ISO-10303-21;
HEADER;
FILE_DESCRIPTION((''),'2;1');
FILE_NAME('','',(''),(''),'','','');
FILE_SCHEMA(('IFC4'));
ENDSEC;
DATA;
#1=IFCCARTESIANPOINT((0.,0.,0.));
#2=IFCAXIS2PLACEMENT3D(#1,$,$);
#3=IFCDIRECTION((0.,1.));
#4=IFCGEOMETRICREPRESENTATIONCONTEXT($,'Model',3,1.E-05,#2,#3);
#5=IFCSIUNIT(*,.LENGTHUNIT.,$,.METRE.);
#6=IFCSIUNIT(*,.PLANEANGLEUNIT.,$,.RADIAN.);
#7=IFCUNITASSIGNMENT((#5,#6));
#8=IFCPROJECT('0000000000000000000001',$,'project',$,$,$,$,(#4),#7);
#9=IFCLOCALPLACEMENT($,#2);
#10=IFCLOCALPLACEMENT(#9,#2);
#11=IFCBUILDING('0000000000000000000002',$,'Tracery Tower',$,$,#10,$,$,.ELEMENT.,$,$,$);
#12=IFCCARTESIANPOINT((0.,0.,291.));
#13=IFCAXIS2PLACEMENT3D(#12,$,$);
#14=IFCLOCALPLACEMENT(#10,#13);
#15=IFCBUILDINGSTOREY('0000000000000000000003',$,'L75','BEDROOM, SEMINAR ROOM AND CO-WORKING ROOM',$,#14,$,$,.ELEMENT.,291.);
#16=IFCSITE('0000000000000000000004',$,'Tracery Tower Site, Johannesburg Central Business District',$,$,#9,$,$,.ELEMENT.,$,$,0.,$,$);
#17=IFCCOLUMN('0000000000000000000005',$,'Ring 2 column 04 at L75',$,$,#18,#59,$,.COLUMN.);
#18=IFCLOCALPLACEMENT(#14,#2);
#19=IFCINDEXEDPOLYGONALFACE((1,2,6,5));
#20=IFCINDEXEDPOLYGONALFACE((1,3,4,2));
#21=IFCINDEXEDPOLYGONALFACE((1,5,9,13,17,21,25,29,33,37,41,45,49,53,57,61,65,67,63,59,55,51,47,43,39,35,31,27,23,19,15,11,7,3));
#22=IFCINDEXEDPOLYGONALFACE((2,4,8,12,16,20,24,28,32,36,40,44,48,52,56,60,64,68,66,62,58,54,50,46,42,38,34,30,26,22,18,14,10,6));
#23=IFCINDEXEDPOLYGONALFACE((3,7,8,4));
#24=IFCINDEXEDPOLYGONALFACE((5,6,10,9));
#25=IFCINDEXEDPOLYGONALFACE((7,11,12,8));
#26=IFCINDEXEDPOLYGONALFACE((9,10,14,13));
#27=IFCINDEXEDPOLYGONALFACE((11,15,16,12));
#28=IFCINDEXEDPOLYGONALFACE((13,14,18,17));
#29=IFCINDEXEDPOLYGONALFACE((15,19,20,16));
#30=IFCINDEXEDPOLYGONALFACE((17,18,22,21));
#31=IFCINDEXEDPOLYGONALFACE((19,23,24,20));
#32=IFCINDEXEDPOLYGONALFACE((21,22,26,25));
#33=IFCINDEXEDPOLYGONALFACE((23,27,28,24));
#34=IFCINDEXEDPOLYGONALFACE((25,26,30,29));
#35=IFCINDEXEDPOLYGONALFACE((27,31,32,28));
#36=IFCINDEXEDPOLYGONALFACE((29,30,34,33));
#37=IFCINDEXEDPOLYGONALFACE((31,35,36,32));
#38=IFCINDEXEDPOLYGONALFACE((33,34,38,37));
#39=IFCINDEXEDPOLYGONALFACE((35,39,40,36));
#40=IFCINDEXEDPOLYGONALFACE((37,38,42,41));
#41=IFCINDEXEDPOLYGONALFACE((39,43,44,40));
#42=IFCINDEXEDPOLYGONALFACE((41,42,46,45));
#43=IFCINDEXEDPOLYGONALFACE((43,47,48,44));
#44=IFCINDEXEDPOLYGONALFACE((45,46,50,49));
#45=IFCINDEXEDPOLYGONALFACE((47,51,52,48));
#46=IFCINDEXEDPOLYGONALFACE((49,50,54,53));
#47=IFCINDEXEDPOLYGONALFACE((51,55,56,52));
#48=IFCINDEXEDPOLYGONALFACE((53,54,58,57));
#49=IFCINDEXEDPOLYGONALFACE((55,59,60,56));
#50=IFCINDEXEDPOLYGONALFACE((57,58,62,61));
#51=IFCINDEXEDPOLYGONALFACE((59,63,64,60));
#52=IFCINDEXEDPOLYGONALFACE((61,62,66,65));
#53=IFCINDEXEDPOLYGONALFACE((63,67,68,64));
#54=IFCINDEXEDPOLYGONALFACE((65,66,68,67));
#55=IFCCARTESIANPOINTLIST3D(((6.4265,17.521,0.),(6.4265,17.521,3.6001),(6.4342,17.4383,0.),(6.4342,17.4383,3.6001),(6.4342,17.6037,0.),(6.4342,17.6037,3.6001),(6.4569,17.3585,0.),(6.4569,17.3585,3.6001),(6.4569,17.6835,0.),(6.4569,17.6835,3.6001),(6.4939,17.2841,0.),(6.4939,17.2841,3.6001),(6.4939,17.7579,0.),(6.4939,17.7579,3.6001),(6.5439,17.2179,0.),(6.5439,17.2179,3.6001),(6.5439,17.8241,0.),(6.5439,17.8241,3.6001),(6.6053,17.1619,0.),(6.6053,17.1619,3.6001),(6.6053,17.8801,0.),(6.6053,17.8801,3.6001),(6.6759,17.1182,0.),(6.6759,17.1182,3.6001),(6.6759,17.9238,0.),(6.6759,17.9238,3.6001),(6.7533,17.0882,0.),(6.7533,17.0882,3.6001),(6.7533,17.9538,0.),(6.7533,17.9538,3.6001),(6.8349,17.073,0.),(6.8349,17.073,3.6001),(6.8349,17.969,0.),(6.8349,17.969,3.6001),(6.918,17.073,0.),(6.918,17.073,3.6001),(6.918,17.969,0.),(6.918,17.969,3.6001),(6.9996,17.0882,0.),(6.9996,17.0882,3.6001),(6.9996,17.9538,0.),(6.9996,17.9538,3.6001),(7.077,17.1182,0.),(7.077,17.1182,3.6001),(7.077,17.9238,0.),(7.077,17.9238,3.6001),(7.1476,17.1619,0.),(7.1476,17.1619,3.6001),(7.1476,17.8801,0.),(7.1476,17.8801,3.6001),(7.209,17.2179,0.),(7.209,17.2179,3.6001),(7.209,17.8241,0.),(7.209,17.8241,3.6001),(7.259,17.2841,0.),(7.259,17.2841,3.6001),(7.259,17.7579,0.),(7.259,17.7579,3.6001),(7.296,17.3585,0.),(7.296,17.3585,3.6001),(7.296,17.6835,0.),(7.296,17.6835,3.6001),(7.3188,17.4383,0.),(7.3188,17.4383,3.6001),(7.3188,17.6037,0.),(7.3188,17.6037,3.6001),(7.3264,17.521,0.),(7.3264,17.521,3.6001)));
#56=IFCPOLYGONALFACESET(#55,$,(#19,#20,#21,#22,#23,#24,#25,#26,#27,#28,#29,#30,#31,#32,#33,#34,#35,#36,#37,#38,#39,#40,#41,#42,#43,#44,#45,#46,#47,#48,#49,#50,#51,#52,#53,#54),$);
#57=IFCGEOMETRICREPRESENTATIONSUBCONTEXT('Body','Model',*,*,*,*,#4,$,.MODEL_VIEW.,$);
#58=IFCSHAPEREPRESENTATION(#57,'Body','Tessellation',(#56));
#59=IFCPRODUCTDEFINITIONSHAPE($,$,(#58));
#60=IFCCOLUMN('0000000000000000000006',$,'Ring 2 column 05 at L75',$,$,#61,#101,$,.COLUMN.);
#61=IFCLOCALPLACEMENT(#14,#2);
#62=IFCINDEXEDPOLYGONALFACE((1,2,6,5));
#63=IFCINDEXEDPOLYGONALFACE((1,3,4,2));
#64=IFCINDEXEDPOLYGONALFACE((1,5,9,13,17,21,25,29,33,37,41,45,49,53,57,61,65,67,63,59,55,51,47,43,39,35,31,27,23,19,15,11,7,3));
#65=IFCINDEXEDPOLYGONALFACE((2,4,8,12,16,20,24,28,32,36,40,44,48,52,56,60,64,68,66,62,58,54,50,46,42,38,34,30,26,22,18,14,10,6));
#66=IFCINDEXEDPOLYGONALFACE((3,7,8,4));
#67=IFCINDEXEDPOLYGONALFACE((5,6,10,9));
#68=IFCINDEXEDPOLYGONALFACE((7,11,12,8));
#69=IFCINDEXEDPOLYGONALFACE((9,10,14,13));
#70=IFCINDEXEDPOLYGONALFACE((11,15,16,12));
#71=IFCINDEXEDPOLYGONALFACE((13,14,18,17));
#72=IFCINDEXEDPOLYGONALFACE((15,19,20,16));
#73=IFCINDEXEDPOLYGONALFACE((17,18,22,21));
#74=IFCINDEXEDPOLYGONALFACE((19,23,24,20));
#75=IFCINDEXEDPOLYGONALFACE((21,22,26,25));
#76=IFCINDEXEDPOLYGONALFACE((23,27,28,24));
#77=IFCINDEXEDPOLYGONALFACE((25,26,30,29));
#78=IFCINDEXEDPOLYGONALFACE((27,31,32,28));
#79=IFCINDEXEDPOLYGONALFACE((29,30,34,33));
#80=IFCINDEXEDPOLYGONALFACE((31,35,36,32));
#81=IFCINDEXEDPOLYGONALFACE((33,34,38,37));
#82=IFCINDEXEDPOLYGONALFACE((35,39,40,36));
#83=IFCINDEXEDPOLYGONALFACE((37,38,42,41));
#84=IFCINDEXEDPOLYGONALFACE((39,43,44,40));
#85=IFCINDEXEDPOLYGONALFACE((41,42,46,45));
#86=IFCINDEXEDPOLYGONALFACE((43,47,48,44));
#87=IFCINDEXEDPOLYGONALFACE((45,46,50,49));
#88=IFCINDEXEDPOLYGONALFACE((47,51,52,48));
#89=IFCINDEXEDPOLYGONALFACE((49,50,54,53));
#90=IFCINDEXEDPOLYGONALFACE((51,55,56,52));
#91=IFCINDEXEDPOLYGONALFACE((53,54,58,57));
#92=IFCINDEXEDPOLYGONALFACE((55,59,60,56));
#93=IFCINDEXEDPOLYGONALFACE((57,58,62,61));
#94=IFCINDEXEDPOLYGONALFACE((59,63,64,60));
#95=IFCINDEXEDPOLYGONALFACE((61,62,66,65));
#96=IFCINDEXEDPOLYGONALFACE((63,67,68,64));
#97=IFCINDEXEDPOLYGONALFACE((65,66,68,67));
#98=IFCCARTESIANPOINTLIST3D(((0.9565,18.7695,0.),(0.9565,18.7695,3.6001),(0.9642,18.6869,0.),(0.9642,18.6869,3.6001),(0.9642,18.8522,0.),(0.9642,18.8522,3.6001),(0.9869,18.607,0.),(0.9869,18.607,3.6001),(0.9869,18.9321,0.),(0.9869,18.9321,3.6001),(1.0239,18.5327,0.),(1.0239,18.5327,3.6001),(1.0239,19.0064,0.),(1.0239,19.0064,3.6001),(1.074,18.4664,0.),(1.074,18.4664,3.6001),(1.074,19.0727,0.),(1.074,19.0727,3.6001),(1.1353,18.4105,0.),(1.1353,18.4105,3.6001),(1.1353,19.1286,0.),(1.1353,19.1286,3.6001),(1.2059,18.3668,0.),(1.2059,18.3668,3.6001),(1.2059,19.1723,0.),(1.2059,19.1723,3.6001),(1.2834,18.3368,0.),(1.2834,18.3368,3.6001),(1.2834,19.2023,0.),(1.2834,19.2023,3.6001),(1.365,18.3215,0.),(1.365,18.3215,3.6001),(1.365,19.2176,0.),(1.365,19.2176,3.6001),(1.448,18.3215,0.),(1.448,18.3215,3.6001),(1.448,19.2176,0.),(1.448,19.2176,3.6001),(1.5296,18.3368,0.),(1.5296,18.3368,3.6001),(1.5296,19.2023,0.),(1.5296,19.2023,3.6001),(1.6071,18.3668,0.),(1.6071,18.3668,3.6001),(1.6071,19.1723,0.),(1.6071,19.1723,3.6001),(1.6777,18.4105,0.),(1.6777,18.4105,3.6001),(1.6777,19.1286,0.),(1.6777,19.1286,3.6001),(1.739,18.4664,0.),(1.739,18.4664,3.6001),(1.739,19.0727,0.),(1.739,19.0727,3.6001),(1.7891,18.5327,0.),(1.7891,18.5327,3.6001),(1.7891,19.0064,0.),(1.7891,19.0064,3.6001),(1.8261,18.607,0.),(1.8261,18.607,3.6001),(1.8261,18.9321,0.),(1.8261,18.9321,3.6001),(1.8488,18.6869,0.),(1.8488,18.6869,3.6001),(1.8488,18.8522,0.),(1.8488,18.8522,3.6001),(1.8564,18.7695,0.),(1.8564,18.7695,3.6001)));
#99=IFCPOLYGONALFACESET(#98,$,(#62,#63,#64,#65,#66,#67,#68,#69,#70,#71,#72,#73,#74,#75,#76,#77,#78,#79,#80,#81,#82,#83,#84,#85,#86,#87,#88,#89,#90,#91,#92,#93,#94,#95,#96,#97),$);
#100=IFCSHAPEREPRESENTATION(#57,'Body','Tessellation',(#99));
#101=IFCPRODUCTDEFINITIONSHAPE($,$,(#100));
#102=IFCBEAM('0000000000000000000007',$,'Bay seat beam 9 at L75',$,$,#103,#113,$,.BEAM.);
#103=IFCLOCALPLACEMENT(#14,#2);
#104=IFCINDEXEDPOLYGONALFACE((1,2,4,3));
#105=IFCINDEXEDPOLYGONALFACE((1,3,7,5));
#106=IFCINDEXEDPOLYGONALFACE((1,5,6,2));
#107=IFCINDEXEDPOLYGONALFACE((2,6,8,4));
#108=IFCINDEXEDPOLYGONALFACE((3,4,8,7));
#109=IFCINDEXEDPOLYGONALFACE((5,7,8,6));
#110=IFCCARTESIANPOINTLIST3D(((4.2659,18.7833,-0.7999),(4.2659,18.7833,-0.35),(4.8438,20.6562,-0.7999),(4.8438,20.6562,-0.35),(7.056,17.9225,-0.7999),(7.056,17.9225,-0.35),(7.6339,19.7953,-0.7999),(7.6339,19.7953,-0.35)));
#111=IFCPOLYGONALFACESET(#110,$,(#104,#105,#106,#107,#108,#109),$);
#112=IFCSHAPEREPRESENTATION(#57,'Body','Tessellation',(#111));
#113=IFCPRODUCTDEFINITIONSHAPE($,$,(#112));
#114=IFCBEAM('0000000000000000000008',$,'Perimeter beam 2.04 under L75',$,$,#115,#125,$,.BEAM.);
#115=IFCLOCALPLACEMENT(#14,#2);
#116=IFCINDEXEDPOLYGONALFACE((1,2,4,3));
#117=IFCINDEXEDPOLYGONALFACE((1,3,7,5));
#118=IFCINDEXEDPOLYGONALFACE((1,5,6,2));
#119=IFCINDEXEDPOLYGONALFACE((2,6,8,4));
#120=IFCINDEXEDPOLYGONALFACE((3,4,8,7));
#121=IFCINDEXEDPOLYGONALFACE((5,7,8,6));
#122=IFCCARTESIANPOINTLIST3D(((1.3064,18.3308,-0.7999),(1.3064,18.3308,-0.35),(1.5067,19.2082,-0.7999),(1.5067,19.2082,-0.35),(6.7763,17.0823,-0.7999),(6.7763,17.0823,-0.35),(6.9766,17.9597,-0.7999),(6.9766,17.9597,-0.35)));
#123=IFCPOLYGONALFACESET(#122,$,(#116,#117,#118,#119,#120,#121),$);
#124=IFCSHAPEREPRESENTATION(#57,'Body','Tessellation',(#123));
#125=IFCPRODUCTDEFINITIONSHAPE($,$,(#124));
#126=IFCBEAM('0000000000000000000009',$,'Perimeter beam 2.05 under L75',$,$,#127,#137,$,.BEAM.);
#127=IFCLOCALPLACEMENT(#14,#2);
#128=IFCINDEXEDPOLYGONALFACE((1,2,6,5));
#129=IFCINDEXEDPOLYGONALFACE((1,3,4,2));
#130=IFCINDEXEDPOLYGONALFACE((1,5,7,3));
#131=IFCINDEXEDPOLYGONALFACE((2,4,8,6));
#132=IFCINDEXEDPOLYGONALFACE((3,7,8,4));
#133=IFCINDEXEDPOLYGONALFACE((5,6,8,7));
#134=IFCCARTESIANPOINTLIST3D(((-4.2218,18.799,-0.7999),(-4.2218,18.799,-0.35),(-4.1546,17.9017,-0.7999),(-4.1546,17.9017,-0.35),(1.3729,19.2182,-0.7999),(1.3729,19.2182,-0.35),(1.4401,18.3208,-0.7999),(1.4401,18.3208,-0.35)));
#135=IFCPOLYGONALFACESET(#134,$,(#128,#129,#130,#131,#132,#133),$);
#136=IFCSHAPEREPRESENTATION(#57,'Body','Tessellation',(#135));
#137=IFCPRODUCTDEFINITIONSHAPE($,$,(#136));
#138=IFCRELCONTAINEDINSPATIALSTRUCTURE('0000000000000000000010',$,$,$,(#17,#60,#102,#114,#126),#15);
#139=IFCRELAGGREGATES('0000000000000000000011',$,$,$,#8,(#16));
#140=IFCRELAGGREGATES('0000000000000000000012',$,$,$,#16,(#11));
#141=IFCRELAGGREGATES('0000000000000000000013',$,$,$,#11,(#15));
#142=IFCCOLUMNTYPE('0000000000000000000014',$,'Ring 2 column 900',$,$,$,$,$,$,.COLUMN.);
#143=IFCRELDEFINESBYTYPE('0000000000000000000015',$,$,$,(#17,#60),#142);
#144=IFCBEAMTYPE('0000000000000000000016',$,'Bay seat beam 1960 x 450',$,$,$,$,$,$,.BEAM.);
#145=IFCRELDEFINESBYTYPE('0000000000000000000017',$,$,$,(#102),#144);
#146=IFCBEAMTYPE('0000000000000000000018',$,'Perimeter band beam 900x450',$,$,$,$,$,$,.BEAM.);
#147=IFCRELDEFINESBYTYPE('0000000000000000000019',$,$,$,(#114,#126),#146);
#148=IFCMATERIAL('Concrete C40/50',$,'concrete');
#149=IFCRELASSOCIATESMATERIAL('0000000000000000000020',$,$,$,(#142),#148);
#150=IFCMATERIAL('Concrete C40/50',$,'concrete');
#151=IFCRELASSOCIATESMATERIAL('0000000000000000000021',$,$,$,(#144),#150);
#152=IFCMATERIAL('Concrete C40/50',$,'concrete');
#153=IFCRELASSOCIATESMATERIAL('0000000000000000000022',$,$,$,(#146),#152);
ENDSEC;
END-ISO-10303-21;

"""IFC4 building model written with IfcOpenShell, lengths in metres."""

from ifc_helpers import new_model, si_unit, direction, frame, origin, origin_2d, place, context, subcontext, project, spatial, rectangle, circle, extrude, material, material_profile, profile_set, type_object, element, save


model = new_model("IFC4")

# Units and contexts
model_context = context("Model", 3, precision=1e-05, world=origin(), true_north=direction((0.0, 1.0)))
body_context = subcontext(model_context, "Body", "Model", "MODEL_VIEW")
ifc_project = project(units=[si_unit("LENGTHUNIT", "METRE"), si_unit("PLANEANGLEUNIT", "RADIAN")], contexts=[model_context])

# Site, building, storey
site_placement = place(None, origin())
site = spatial("IfcSite", under=ifc_project, at=site_placement, Name="Tracery Tower Site, Johannesburg Central Business District", CompositionType="ELEMENT", RefElevation=0.0)
building_placement = place(site_placement, origin())
building = spatial("IfcBuilding", under=site, at=building_placement, Name="Tracery Tower", CompositionType="ELEMENT")
storey_placement = place(building_placement, frame((0.0, 0.0, 291.0)))
storey = spatial("IfcBuildingStorey", under=building, at=storey_placement, Name="L75", Description="BEDROOM, SEMINAR ROOM AND CO-WORKING ROOM", CompositionType="ELEMENT", Elevation=291.0)

# Columns
ifc_material_1 = material(Name="Concrete C40/50", Category="concrete")
ifc_material_profile_1 = material_profile(ifc_material_1, circle(Radius=0.45, at=origin_2d()), Name="RC D900")
ifc_profile_set_1 = profile_set([ifc_material_profile_1], Name="Concrete C40/50")
column_type = type_object("IfcColumnType", Name="Ring 2 column 900", PredefinedType="COLUMN", material=ifc_profile_set_1)
for number, where, z_axis, x_axis, name in (
    (1, (6.8765, 17.521, 0.0), (0.0, 0.0, 1.0), (1.0, 0.0, 0.0), "Ring 2 column 04 at L75"),
    (2, (1.4065, 18.7695, 0.0), (0.0, 0.0, 1.0), (1.0, 0.0, 0.0), "Ring 2 column 05 at L75"),
):
    element("IfcColumn", number, at=place(storey_placement, frame(where, z_axis=z_axis, x_axis=x_axis)), inside=storey, type_object=column_type, Name=name, PredefinedType="COLUMN", context=body_context, shape_type="SweptSolid", body=[
        extrude(circle(Radius=0.45, at=origin_2d()), origin(), (0.0, 0.0, 1.0), 3.6001),
    ])

# Beams
ifc_material_2 = material(Name="Concrete C40/50", Category="concrete")
ifc_material_profile_2 = material_profile(ifc_material_2, rectangle(XDim=1.96, YDim=0.45, at=origin_2d()), Name="RC 1960x450")
ifc_profile_set_2 = profile_set([ifc_material_profile_2], Name="Concrete C40/50")
beam_type_1 = type_object("IfcBeamType", Name="Bay seat beam 1960 x 450", PredefinedType="BEAM", material=ifc_profile_set_2)
beam_1_placement = place(storey_placement, frame((7.345, 18.8589, -0.575), z_axis=(-0.955551, 0.294826, 0.0), x_axis=(-0.294826, -0.955551, 0.0)))
element("IfcBeam", 3, at=beam_1_placement, inside=storey, type_object=beam_type_1, Name="Bay seat beam 9 at L75", PredefinedType="BEAM", context=body_context, shape_type="SweptSolid", body=[
    extrude(rectangle(XDim=1.96, YDim=0.45, at=origin_2d()), origin(), (0.0, 0.0, 1.0), 2.9199),
])
ifc_material_3 = material(Name="Concrete C40/50", Category="concrete")
ifc_material_profile_3 = material_profile(ifc_material_3, rectangle(XDim=0.8999, YDim=0.45, at=origin_2d()), Name="RC 900x450")
ifc_profile_set_3 = profile_set([ifc_material_profile_3], Name="Concrete C40/50")
beam_type_2 = type_object("IfcBeamType", Name="Perimeter band beam 900x450", PredefinedType="BEAM", material=ifc_profile_set_3)
beam_2_placement = place(storey_placement, frame((6.8765, 17.521, -0.575), z_axis=(-0.974926, 0.222529, 0.0), x_axis=(-0.222529, -0.974926, 0.0)))
element("IfcBeam", 4, at=beam_2_placement, inside=storey, type_object=beam_type_2, Name="Perimeter beam 2.04 under L75", PredefinedType="BEAM", context=body_context, shape_type="SweptSolid", body=[
    extrude(rectangle(XDim=0.8999, YDim=0.45, at=origin_2d()), origin(), (0.0, 0.0, 1.0), 5.6106),
])
beam_3_placement = place(storey_placement, frame((1.4065, 18.7695, -0.575), z_axis=(-0.997205, -0.074716, 0.0), x_axis=(0.074716, -0.997205, 0.0)))
element("IfcBeam", 5, at=beam_3_placement, inside=storey, type_object=beam_type_2, Name="Perimeter beam 2.05 under L75", PredefinedType="BEAM", context=body_context, shape_type="SweptSolid", body=[
    extrude(rectangle(XDim=0.8999, YDim=0.45, at=origin_2d()), origin(), (0.0, 0.0, 1.0), 5.6104),
])

save(model, "model.ifc")
